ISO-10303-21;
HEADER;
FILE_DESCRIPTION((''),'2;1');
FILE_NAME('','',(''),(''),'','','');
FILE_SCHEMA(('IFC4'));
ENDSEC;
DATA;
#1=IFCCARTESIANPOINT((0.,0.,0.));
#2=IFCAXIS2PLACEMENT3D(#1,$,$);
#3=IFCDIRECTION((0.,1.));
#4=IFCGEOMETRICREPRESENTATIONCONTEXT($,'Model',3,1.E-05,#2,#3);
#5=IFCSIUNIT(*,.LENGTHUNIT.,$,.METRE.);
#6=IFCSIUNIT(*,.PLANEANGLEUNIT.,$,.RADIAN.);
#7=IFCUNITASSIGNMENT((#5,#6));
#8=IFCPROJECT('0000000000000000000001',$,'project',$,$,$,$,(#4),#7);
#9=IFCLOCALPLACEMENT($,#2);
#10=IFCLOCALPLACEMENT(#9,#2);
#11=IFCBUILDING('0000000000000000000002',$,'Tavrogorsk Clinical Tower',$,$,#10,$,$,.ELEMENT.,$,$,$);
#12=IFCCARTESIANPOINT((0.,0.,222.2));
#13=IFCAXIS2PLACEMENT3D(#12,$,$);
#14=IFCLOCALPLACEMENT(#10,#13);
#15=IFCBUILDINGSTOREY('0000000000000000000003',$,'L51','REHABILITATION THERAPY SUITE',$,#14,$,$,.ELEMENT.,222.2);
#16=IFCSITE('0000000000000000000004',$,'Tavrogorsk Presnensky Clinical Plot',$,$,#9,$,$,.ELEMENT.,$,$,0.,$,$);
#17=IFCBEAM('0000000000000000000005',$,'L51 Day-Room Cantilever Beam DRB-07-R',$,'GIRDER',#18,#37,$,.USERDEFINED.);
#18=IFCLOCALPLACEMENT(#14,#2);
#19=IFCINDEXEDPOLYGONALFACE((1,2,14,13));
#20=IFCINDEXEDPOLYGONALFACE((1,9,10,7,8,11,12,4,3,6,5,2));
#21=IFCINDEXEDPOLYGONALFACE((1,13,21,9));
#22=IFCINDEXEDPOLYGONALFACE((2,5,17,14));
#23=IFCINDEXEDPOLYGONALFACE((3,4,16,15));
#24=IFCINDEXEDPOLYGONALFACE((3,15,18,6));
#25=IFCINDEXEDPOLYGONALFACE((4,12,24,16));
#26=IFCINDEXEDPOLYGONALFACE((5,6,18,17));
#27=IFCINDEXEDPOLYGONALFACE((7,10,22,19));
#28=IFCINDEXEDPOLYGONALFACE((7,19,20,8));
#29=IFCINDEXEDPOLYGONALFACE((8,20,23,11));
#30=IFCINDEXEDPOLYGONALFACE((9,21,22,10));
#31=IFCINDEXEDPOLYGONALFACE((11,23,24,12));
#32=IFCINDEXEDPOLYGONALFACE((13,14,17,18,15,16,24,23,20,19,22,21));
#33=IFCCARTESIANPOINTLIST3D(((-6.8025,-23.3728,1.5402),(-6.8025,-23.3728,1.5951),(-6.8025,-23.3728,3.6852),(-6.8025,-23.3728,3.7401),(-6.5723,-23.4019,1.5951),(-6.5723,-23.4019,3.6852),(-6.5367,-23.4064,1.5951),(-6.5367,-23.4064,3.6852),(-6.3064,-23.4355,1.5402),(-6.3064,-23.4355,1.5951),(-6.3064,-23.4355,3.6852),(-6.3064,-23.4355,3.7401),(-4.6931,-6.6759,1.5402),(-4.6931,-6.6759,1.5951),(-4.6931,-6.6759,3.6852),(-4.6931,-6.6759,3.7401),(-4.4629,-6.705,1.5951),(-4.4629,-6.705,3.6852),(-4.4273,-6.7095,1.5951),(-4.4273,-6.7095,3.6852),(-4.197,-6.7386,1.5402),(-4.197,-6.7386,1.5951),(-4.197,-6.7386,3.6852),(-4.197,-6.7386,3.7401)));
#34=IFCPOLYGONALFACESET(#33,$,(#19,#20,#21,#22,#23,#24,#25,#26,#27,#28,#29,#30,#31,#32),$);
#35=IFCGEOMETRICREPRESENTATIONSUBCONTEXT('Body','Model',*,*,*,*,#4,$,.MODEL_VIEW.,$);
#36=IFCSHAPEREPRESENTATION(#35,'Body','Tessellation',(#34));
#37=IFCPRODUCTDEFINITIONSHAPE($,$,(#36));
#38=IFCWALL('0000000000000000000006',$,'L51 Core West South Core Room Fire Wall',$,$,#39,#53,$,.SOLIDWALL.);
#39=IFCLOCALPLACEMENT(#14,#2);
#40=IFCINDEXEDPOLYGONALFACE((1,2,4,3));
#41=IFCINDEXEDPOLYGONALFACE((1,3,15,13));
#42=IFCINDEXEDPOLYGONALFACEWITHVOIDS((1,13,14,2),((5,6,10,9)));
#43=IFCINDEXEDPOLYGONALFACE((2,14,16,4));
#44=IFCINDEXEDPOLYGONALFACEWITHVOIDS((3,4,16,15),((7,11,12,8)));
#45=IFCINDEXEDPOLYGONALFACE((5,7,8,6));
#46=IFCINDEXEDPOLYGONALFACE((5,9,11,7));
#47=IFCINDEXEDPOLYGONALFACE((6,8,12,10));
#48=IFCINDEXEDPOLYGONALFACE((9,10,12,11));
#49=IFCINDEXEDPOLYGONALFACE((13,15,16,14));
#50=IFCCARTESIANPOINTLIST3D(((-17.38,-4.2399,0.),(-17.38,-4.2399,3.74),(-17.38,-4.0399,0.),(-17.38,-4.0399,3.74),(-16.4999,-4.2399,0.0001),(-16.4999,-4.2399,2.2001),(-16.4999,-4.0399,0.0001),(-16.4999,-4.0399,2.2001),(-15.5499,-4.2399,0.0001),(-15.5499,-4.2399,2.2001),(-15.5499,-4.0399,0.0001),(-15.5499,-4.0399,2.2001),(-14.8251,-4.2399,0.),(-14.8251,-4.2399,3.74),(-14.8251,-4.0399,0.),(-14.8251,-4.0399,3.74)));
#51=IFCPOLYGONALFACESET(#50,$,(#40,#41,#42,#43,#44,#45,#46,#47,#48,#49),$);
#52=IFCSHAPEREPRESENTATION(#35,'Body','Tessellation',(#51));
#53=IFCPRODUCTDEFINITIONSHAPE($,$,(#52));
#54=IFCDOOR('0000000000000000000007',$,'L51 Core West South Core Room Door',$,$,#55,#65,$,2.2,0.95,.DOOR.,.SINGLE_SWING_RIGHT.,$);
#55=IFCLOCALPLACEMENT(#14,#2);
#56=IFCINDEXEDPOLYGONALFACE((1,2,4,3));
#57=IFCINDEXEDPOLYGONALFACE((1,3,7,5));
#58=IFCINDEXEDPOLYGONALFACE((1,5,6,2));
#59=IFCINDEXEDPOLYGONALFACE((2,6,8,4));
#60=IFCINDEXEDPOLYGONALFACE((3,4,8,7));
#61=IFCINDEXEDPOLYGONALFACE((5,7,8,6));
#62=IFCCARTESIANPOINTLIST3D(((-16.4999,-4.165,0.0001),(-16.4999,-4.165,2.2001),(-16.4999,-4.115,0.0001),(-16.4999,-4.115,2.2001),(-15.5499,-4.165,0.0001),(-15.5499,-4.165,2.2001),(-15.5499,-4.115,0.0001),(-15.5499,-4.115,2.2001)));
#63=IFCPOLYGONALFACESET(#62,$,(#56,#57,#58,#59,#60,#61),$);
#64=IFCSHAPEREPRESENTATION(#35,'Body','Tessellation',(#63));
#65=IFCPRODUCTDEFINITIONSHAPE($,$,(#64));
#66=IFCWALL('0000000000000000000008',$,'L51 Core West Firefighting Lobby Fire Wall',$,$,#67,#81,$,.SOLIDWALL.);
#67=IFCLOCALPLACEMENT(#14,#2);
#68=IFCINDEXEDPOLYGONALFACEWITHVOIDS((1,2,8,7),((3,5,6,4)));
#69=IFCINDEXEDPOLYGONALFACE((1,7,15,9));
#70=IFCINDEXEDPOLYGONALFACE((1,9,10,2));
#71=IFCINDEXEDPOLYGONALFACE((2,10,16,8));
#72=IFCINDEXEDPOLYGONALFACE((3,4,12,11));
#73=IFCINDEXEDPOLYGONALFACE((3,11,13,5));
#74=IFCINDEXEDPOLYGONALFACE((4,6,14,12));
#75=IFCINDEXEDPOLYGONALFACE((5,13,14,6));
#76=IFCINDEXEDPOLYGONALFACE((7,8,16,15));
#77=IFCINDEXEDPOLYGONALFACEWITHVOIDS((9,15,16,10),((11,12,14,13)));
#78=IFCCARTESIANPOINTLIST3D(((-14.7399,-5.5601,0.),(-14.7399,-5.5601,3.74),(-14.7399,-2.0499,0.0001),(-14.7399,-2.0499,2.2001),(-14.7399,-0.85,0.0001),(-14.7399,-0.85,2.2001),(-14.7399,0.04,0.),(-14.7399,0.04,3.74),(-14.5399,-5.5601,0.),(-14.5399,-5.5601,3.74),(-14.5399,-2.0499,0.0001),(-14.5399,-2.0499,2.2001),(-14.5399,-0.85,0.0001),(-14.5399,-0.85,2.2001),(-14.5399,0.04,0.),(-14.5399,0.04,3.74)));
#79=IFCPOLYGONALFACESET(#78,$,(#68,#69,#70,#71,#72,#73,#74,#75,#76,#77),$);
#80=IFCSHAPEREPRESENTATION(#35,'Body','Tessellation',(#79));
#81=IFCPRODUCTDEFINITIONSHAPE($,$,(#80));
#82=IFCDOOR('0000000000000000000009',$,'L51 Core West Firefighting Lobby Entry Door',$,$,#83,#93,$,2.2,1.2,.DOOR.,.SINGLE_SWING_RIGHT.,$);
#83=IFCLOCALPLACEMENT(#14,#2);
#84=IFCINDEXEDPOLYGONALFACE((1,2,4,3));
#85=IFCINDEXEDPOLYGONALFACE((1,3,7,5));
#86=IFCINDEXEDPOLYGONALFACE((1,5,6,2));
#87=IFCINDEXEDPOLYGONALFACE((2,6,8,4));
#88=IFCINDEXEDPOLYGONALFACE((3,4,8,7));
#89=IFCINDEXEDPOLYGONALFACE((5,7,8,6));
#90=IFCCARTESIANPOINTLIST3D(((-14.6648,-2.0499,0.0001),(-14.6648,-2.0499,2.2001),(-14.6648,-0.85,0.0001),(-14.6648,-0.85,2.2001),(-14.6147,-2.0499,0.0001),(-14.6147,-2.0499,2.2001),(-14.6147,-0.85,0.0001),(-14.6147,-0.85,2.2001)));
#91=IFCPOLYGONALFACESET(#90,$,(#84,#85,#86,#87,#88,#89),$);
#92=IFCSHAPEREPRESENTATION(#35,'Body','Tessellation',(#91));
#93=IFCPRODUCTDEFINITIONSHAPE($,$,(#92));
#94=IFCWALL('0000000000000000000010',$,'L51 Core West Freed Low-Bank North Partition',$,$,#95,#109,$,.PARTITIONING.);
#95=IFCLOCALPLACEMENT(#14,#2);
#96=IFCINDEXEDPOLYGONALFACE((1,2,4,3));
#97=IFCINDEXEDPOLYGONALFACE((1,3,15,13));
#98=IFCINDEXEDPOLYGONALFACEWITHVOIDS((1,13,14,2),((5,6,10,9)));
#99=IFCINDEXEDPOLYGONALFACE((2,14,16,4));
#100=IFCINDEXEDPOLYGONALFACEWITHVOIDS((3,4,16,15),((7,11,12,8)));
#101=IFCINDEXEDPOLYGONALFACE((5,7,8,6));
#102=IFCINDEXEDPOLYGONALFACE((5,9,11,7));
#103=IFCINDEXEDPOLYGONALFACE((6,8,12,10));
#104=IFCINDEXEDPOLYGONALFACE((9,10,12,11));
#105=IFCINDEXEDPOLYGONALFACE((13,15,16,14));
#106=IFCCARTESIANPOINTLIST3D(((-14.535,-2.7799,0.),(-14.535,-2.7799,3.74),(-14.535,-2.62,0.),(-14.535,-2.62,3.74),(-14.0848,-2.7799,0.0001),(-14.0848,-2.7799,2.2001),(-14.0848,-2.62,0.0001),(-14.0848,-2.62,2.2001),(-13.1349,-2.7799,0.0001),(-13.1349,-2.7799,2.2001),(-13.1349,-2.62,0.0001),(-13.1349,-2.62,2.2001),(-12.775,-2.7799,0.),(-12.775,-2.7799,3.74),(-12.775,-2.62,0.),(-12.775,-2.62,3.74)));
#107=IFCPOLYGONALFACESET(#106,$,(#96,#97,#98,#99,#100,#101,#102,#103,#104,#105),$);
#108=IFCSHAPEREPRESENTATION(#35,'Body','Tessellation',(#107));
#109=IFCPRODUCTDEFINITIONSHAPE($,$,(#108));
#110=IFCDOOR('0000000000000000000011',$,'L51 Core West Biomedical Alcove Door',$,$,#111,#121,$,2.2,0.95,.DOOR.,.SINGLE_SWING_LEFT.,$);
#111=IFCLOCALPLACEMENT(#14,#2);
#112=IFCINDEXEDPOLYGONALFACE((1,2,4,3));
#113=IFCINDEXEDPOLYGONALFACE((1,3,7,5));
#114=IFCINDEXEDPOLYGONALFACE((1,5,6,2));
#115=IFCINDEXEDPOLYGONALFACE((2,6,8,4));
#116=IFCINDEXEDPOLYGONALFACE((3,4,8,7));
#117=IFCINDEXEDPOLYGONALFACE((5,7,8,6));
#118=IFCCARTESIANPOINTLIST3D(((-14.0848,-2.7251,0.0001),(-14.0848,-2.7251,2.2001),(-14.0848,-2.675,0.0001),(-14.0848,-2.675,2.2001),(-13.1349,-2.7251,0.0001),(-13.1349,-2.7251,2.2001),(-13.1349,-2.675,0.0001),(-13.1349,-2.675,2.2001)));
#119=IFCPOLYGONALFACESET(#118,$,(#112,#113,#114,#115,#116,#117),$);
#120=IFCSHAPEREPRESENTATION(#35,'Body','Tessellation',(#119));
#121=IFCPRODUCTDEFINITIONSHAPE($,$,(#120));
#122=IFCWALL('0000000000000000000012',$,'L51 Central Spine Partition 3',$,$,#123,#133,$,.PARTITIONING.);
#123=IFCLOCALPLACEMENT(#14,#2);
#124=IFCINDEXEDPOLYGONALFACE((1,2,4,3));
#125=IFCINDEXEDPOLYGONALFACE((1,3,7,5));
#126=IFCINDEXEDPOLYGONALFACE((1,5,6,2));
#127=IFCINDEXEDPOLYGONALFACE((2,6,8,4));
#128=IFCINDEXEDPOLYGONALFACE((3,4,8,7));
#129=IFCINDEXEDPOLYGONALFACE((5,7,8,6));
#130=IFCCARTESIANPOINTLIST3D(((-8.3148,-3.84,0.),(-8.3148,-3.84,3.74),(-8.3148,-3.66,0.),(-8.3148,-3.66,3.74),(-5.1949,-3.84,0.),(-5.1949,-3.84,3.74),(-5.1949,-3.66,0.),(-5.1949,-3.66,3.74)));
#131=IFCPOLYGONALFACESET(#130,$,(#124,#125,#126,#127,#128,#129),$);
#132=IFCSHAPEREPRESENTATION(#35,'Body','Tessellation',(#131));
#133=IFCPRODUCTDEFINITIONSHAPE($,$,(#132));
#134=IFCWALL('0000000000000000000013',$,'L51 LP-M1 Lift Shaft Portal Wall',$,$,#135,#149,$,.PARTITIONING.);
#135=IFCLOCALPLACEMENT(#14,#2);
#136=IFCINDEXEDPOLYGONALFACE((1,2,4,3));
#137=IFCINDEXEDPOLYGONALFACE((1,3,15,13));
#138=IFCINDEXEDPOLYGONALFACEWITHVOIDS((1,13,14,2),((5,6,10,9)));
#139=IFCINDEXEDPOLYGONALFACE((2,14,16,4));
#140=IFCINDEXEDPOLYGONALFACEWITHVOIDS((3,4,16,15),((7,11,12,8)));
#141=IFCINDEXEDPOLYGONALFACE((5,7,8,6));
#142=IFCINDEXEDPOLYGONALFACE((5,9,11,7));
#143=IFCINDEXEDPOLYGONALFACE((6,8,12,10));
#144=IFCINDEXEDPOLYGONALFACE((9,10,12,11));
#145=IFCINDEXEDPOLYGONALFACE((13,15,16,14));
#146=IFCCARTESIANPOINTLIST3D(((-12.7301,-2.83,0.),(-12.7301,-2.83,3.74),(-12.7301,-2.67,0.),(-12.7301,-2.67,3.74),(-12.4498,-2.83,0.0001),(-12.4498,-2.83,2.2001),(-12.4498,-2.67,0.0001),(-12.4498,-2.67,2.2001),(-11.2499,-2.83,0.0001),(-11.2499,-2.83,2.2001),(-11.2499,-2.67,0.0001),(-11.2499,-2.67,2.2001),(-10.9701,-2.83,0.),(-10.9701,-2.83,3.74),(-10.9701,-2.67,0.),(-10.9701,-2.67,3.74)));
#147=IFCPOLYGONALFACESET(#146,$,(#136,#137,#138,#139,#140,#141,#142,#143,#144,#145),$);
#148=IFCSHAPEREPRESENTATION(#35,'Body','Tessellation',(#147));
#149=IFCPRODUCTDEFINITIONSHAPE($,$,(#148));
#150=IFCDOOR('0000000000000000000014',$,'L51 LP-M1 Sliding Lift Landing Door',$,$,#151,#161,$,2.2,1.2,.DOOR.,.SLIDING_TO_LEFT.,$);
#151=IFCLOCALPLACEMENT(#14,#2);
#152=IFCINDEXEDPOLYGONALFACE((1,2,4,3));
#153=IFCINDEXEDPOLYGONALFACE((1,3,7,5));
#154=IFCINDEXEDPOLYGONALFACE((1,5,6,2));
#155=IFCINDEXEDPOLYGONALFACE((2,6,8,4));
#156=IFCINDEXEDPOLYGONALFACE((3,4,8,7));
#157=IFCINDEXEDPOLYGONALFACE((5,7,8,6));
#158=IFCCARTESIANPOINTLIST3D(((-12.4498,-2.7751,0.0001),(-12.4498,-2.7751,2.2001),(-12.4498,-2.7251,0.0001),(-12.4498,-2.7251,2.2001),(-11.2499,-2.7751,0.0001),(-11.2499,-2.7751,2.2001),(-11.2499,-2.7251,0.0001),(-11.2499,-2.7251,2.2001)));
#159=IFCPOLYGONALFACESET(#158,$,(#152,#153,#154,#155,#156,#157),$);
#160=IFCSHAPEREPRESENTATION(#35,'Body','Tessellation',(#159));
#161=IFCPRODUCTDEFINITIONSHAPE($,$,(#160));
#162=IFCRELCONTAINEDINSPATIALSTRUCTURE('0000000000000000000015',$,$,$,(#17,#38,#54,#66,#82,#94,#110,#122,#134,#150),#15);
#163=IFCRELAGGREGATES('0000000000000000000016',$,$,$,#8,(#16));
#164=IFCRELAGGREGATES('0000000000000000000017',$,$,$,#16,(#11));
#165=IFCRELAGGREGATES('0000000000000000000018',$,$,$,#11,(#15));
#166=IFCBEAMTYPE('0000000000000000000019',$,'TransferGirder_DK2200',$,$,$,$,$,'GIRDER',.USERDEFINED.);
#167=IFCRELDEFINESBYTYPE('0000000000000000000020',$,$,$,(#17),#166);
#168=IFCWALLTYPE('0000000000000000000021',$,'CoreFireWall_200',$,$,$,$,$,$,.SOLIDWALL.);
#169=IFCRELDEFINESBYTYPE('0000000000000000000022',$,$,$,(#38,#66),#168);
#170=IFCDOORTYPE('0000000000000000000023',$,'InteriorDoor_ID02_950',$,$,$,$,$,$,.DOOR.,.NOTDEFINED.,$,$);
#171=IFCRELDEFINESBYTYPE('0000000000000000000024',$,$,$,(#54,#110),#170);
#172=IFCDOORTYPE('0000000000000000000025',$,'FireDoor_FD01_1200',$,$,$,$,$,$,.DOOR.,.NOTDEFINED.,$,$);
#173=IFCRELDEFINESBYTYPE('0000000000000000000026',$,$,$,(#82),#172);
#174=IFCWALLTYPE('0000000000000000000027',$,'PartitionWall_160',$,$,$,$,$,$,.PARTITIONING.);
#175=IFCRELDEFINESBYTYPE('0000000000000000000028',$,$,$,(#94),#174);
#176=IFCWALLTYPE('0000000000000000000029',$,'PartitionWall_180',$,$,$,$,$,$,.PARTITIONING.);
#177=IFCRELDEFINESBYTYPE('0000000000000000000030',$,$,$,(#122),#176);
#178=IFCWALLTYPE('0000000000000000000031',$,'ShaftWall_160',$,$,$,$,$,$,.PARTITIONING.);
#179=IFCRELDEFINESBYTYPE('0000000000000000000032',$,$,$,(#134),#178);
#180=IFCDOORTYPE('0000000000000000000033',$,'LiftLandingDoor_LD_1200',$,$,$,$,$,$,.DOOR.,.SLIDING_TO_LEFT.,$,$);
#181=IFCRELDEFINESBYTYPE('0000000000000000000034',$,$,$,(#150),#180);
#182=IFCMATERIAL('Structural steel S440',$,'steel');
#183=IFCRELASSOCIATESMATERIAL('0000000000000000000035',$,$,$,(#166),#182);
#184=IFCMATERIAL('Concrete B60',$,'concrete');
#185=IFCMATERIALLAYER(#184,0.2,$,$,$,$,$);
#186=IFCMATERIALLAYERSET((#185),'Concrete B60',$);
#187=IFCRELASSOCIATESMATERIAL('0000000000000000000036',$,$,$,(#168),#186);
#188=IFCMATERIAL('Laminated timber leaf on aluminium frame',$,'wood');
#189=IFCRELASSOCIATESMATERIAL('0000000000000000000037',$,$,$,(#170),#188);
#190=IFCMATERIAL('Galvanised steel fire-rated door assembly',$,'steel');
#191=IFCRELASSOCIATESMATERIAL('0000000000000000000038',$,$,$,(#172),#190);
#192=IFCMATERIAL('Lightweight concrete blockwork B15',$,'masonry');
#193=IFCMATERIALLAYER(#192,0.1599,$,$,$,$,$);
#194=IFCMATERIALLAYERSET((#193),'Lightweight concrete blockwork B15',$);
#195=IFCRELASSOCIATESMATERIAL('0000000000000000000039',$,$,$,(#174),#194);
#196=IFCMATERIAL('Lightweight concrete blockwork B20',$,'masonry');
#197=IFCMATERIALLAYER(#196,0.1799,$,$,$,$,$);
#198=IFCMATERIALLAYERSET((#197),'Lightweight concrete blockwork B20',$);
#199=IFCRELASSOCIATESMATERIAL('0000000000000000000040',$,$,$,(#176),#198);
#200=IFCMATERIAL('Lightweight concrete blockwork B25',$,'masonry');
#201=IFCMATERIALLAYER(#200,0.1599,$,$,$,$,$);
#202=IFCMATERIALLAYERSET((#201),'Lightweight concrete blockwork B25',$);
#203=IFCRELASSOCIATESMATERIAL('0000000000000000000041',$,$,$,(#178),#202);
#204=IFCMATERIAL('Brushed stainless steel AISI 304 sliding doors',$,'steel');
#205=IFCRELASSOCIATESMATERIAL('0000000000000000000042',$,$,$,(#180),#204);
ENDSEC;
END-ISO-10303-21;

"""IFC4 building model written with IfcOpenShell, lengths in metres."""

from ifc_helpers import new_model, si_unit, direction, frame, frame_2d, origin, origin_2d, place, context, subcontext, project, spatial, rectangle, i_section, extrude, material, layer, layer_set, material_profile, profile_set, type_object, element, fill, save


model = new_model("IFC4")

# Units and contexts
model_context = context("Model", 3, precision=1e-05, world=origin(), true_north=direction((0.0, 1.0)))
body_context = subcontext(model_context, "Body", "Model", "MODEL_VIEW")
ifc_project = project(units=[si_unit("LENGTHUNIT", "METRE"), si_unit("PLANEANGLEUNIT", "RADIAN")], contexts=[model_context])

# Site, building, storey
site_placement = place(None, origin())
site = spatial("IfcSite", under=ifc_project, at=site_placement, Name="Tavrogorsk Presnensky Clinical Plot", CompositionType="ELEMENT", RefElevation=0.0)
building_placement = place(site_placement, origin())
building = spatial("IfcBuilding", under=site, at=building_placement, Name="Tavrogorsk Clinical Tower", CompositionType="ELEMENT")
storey_placement = place(building_placement, frame((0.0, 0.0, 222.2)))
storey = spatial("IfcBuildingStorey", under=building, at=storey_placement, Name="L51", Description="REHABILITATION THERAPY SUITE", CompositionType="ELEMENT", Elevation=222.2)

# Beam
ifc_material_1 = material(Name="Structural steel S440", Category="steel")
ifc_material_profile_1 = material_profile(ifc_material_1, i_section(OverallWidth=0.5, OverallDepth=2.2, WebThickness=0.0359, FlangeThickness=0.0549, at=origin_2d()), Name="DK-2200x500x36x55")
ifc_profile_set_1 = profile_set([ifc_material_profile_1], Name="Structural steel S440")
beam_type_1 = type_object("IfcBeamType", Name="TransferGirder_DK2200", ElementType="GIRDER", PredefinedType="USERDEFINED", material=ifc_profile_set_1)
beam_1_placement = place(storey_placement, frame((-4.4451, -6.7073, 2.6401), z_axis=(-0.125338, -0.992114, 0.0), x_axis=(0.992114, -0.125338, 0.0)))
element("IfcBeam", 1, at=beam_1_placement, inside=storey, type_object=beam_type_1, Name="L51 Day-Room Cantilever Beam DRB-07-R", ObjectType="GIRDER", PredefinedType="USERDEFINED", context=body_context, shape_type="SweptSolid", body=[
    extrude(i_section(OverallWidth=0.5, OverallDepth=2.2, WebThickness=0.0359, FlangeThickness=0.0549, at=origin_2d()), origin(), (0.0, 0.0, 1.0), 16.8296),
])

# Walls, openings, doors
ifc_material_2 = material(Name="Concrete B60", Category="concrete")
ifc_layer_1 = layer(ifc_material_2, 0.2)
ifc_layer_set_1 = layer_set([ifc_layer_1], Name="Concrete B60")
wall_type_1 = type_object("IfcWallType", Name="CoreFireWall_200", PredefinedType="SOLIDWALL", material=ifc_layer_set_1)
wall_1_placement = place(storey_placement, frame((-17.3799, -4.1399, 0.0), z_axis=(0.0, 0.0, 1.0), x_axis=(1.0, 0.0, 0.0)))
wall_1 = element("IfcWall", 2, at=wall_1_placement, inside=storey, type_object=wall_type_1, Name="L51 Core West South Core Room Fire Wall", PredefinedType="SOLIDWALL", context=body_context, shape_type="SweptSolid", body=[
    extrude(rectangle(XDim=2.5549, YDim=0.2, at=frame_2d((1.2773, 0.0))), origin(), (0.0, 0.0, 1.0), 3.74),
])
opening_1_placement = place(wall_1_placement, frame((0.8799, 0.0, 0.0)))
opening_1 = element("IfcOpeningElement", 3, at=opening_1_placement, cuts=wall_1, PredefinedType="OPENING", context=body_context, shape_type="SweptSolid", body=[
    extrude(rectangle(XDim=0.95, YDim=2.2, at=frame_2d((0.4751, 1.1001))), frame((0.0, 0.1099, 0.0), z_axis=(0.0, -1.0, 0.0), x_axis=(1.0, 0.0, 0.0)), (0.0, 0.0, 1.0), 0.22),
])
ifc_material_3 = material(Name="Laminated timber leaf on aluminium frame", Category="wood")
door_type_1 = type_object("IfcDoorType", Name="InteriorDoor_ID02_950", OperationType="NOTDEFINED", PredefinedType="DOOR", material=ifc_material_3)
door_1_placement = place(opening_1_placement, origin())
door_1 = element("IfcDoor", 4, at=door_1_placement, inside=storey, type_object=door_type_1, Name="L51 Core West South Core Room Door", OperationType="SINGLE_SWING_RIGHT", OverallHeight=2.2, OverallWidth=0.95, PredefinedType="DOOR", context=body_context, shape_type="SweptSolid", body=[
    extrude(rectangle(XDim=0.95, YDim=2.2, at=frame_2d((0.4751, 1.1001))), frame((0.0, 0.0249, 0.0), z_axis=(0.0, -1.0, 0.0), x_axis=(1.0, 0.0, 0.0)), (0.0, 0.0, 1.0), 0.05),
])
fill(opening_1, door_1)
wall_2_placement = place(storey_placement, frame((-14.6399, -5.5601, 0.0), z_axis=(0.0, 0.0, 1.0), x_axis=(0.0, 1.0, 0.0)))
wall_2 = element("IfcWall", 5, at=wall_2_placement, inside=storey, type_object=wall_type_1, Name="L51 Core West Firefighting Lobby Fire Wall", PredefinedType="SOLIDWALL", context=body_context, shape_type="SweptSolid", body=[
    extrude(rectangle(XDim=5.6001, YDim=0.2, at=frame_2d((2.8, 0.0))), origin(), (0.0, 0.0, 1.0), 3.74),
])
opening_2_placement = place(wall_2_placement, frame((3.51, 0.0, 0.0)))
opening_2 = element("IfcOpeningElement", 6, at=opening_2_placement, cuts=wall_2, PredefinedType="OPENING", context=body_context, shape_type="SweptSolid", body=[
    extrude(rectangle(XDim=1.2, YDim=2.2, at=frame_2d((0.6001, 1.1001))), frame((0.0, 0.1099, 0.0), z_axis=(0.0, -1.0, 0.0), x_axis=(1.0, 0.0, 0.0)), (0.0, 0.0, 1.0), 0.22),
])
ifc_material_4 = material(Name="Galvanised steel fire-rated door assembly", Category="steel")
door_type_2 = type_object("IfcDoorType", Name="FireDoor_FD01_1200", OperationType="NOTDEFINED", PredefinedType="DOOR", material=ifc_material_4)
door_2_placement = place(opening_2_placement, origin())
door_2 = element("IfcDoor", 7, at=door_2_placement, inside=storey, type_object=door_type_2, Name="L51 Core West Firefighting Lobby Entry Door", OperationType="SINGLE_SWING_RIGHT", OverallHeight=2.2, OverallWidth=1.2, PredefinedType="DOOR", context=body_context, shape_type="SweptSolid", body=[
    extrude(rectangle(XDim=1.2, YDim=2.2, at=frame_2d((0.6001, 1.1001))), frame((0.0, 0.0249, 0.0), z_axis=(0.0, -1.0, 0.0), x_axis=(1.0, 0.0, 0.0)), (0.0, 0.0, 1.0), 0.05),
])
fill(opening_2, door_2)
ifc_material_5 = material(Name="Lightweight concrete blockwork B15", Category="masonry")
ifc_layer_2 = layer(ifc_material_5, 0.1599)
ifc_layer_set_2 = layer_set([ifc_layer_2], Name="Lightweight concrete blockwork B15")
wall_type_2 = type_object("IfcWallType", Name="PartitionWall_160", PredefinedType="PARTITIONING", material=ifc_layer_set_2)
wall_3_placement = place(storey_placement, frame((-14.5349, -2.7, 0.0), z_axis=(0.0, 0.0, 1.0), x_axis=(1.0, 0.0, 0.0)))
wall_3 = element("IfcWall", 8, at=wall_3_placement, inside=storey, type_object=wall_type_2, Name="L51 Core West Freed Low-Bank North Partition", PredefinedType="PARTITIONING", context=body_context, shape_type="SweptSolid", body=[
    extrude(rectangle(XDim=1.76, YDim=0.1599, at=frame_2d((0.8799, 0.0))), origin(), (0.0, 0.0, 1.0), 3.74),
])
opening_3_placement = place(wall_3_placement, frame((0.45, 0.0, 0.0)))
opening_3 = element("IfcOpeningElement", 9, at=opening_3_placement, cuts=wall_3, PredefinedType="OPENING", context=body_context, shape_type="SweptSolid", body=[
    extrude(rectangle(XDim=0.95, YDim=2.2, at=frame_2d((0.4751, 1.1001))), frame((0.0, 0.0898, 0.0), z_axis=(0.0, -1.0, 0.0), x_axis=(1.0, 0.0, 0.0)), (0.0, 0.0, 1.0), 0.1799),
])
door_3_placement = place(opening_3_placement, origin())
door_3 = element("IfcDoor", 10, at=door_3_placement, inside=storey, type_object=door_type_1, Name="L51 Core West Biomedical Alcove Door", OperationType="SINGLE_SWING_LEFT", OverallHeight=2.2, OverallWidth=0.95, PredefinedType="DOOR", context=body_context, shape_type="SweptSolid", body=[
    extrude(rectangle(XDim=0.95, YDim=2.2, at=frame_2d((0.4751, 1.1001))), frame((0.0, 0.0249, 0.0), z_axis=(0.0, -1.0, 0.0), x_axis=(1.0, 0.0, 0.0)), (0.0, 0.0, 1.0), 0.05),
])
fill(opening_3, door_3)

# Wall
ifc_material_6 = material(Name="Lightweight concrete blockwork B20", Category="masonry")
ifc_layer_3 = layer(ifc_material_6, 0.1799)
ifc_layer_set_3 = layer_set([ifc_layer_3], Name="Lightweight concrete blockwork B20")
wall_type_3 = type_object("IfcWallType", Name="PartitionWall_180", PredefinedType="PARTITIONING", material=ifc_layer_set_3)
wall_4_placement = place(storey_placement, frame((-8.3149, -3.75, 0.0), z_axis=(0.0, 0.0, 1.0), x_axis=(1.0, 0.0, 0.0)))
element("IfcWall", 11, at=wall_4_placement, inside=storey, type_object=wall_type_3, Name="L51 Central Spine Partition 3", PredefinedType="PARTITIONING", context=body_context, shape_type="SweptSolid", body=[
    extrude(rectangle(XDim=3.1199, YDim=0.1799, at=frame_2d((1.5601, 0.0))), origin(), (0.0, 0.0, 1.0), 3.74),
])

# Wall, opening, door
ifc_material_7 = material(Name="Lightweight concrete blockwork B25", Category="masonry")
ifc_layer_4 = layer(ifc_material_7, 0.1599)
ifc_layer_set_4 = layer_set([ifc_layer_4], Name="Lightweight concrete blockwork B25")
wall_type_4 = type_object("IfcWallType", Name="ShaftWall_160", PredefinedType="PARTITIONING", material=ifc_layer_set_4)
wall_5_placement = place(storey_placement, frame((-12.73, -2.75, 0.0), z_axis=(0.0, 0.0, 1.0), x_axis=(1.0, 0.0, 0.0)))
wall_5 = element("IfcWall", 12, at=wall_5_placement, inside=storey, type_object=wall_type_4, Name="L51 LP-M1 Lift Shaft Portal Wall", PredefinedType="PARTITIONING", context=body_context, shape_type="SweptSolid", body=[
    extrude(rectangle(XDim=1.76, YDim=0.1599, at=frame_2d((0.8799, 0.0))), origin(), (0.0, 0.0, 1.0), 3.74),
])
opening_4_placement = place(wall_5_placement, frame((0.28, 0.0, 0.0)))
opening_4 = element("IfcOpeningElement", 13, at=opening_4_placement, cuts=wall_5, PredefinedType="OPENING", context=body_context, shape_type="SweptSolid", body=[
    extrude(rectangle(XDim=1.2, YDim=2.2, at=frame_2d((0.6001, 1.1001))), frame((0.0, 0.0898, 0.0), z_axis=(0.0, -1.0, 0.0), x_axis=(1.0, 0.0, 0.0)), (0.0, 0.0, 1.0), 0.1799),
])
ifc_material_8 = material(Name="Brushed stainless steel AISI 304 sliding doors", Category="steel")
door_type_3 = type_object("IfcDoorType", Name="LiftLandingDoor_LD_1200", OperationType="SLIDING_TO_LEFT", PredefinedType="DOOR", material=ifc_material_8)
door_4_placement = place(opening_4_placement, origin())
door_4 = element("IfcDoor", 14, at=door_4_placement, inside=storey, type_object=door_type_3, Name="L51 LP-M1 Sliding Lift Landing Door", OperationType="SLIDING_TO_LEFT", OverallHeight=2.2, OverallWidth=1.2, PredefinedType="DOOR", context=body_context, shape_type="SweptSolid", body=[
    extrude(rectangle(XDim=1.2, YDim=2.2, at=frame_2d((0.6001, 1.1001))), frame((0.0, 0.0249, 0.0), z_axis=(0.0, -1.0, 0.0), x_axis=(1.0, 0.0, 0.0)), (0.0, 0.0, 1.0), 0.05),
])
fill(opening_4, door_4)

save(model, "model.ifc")
